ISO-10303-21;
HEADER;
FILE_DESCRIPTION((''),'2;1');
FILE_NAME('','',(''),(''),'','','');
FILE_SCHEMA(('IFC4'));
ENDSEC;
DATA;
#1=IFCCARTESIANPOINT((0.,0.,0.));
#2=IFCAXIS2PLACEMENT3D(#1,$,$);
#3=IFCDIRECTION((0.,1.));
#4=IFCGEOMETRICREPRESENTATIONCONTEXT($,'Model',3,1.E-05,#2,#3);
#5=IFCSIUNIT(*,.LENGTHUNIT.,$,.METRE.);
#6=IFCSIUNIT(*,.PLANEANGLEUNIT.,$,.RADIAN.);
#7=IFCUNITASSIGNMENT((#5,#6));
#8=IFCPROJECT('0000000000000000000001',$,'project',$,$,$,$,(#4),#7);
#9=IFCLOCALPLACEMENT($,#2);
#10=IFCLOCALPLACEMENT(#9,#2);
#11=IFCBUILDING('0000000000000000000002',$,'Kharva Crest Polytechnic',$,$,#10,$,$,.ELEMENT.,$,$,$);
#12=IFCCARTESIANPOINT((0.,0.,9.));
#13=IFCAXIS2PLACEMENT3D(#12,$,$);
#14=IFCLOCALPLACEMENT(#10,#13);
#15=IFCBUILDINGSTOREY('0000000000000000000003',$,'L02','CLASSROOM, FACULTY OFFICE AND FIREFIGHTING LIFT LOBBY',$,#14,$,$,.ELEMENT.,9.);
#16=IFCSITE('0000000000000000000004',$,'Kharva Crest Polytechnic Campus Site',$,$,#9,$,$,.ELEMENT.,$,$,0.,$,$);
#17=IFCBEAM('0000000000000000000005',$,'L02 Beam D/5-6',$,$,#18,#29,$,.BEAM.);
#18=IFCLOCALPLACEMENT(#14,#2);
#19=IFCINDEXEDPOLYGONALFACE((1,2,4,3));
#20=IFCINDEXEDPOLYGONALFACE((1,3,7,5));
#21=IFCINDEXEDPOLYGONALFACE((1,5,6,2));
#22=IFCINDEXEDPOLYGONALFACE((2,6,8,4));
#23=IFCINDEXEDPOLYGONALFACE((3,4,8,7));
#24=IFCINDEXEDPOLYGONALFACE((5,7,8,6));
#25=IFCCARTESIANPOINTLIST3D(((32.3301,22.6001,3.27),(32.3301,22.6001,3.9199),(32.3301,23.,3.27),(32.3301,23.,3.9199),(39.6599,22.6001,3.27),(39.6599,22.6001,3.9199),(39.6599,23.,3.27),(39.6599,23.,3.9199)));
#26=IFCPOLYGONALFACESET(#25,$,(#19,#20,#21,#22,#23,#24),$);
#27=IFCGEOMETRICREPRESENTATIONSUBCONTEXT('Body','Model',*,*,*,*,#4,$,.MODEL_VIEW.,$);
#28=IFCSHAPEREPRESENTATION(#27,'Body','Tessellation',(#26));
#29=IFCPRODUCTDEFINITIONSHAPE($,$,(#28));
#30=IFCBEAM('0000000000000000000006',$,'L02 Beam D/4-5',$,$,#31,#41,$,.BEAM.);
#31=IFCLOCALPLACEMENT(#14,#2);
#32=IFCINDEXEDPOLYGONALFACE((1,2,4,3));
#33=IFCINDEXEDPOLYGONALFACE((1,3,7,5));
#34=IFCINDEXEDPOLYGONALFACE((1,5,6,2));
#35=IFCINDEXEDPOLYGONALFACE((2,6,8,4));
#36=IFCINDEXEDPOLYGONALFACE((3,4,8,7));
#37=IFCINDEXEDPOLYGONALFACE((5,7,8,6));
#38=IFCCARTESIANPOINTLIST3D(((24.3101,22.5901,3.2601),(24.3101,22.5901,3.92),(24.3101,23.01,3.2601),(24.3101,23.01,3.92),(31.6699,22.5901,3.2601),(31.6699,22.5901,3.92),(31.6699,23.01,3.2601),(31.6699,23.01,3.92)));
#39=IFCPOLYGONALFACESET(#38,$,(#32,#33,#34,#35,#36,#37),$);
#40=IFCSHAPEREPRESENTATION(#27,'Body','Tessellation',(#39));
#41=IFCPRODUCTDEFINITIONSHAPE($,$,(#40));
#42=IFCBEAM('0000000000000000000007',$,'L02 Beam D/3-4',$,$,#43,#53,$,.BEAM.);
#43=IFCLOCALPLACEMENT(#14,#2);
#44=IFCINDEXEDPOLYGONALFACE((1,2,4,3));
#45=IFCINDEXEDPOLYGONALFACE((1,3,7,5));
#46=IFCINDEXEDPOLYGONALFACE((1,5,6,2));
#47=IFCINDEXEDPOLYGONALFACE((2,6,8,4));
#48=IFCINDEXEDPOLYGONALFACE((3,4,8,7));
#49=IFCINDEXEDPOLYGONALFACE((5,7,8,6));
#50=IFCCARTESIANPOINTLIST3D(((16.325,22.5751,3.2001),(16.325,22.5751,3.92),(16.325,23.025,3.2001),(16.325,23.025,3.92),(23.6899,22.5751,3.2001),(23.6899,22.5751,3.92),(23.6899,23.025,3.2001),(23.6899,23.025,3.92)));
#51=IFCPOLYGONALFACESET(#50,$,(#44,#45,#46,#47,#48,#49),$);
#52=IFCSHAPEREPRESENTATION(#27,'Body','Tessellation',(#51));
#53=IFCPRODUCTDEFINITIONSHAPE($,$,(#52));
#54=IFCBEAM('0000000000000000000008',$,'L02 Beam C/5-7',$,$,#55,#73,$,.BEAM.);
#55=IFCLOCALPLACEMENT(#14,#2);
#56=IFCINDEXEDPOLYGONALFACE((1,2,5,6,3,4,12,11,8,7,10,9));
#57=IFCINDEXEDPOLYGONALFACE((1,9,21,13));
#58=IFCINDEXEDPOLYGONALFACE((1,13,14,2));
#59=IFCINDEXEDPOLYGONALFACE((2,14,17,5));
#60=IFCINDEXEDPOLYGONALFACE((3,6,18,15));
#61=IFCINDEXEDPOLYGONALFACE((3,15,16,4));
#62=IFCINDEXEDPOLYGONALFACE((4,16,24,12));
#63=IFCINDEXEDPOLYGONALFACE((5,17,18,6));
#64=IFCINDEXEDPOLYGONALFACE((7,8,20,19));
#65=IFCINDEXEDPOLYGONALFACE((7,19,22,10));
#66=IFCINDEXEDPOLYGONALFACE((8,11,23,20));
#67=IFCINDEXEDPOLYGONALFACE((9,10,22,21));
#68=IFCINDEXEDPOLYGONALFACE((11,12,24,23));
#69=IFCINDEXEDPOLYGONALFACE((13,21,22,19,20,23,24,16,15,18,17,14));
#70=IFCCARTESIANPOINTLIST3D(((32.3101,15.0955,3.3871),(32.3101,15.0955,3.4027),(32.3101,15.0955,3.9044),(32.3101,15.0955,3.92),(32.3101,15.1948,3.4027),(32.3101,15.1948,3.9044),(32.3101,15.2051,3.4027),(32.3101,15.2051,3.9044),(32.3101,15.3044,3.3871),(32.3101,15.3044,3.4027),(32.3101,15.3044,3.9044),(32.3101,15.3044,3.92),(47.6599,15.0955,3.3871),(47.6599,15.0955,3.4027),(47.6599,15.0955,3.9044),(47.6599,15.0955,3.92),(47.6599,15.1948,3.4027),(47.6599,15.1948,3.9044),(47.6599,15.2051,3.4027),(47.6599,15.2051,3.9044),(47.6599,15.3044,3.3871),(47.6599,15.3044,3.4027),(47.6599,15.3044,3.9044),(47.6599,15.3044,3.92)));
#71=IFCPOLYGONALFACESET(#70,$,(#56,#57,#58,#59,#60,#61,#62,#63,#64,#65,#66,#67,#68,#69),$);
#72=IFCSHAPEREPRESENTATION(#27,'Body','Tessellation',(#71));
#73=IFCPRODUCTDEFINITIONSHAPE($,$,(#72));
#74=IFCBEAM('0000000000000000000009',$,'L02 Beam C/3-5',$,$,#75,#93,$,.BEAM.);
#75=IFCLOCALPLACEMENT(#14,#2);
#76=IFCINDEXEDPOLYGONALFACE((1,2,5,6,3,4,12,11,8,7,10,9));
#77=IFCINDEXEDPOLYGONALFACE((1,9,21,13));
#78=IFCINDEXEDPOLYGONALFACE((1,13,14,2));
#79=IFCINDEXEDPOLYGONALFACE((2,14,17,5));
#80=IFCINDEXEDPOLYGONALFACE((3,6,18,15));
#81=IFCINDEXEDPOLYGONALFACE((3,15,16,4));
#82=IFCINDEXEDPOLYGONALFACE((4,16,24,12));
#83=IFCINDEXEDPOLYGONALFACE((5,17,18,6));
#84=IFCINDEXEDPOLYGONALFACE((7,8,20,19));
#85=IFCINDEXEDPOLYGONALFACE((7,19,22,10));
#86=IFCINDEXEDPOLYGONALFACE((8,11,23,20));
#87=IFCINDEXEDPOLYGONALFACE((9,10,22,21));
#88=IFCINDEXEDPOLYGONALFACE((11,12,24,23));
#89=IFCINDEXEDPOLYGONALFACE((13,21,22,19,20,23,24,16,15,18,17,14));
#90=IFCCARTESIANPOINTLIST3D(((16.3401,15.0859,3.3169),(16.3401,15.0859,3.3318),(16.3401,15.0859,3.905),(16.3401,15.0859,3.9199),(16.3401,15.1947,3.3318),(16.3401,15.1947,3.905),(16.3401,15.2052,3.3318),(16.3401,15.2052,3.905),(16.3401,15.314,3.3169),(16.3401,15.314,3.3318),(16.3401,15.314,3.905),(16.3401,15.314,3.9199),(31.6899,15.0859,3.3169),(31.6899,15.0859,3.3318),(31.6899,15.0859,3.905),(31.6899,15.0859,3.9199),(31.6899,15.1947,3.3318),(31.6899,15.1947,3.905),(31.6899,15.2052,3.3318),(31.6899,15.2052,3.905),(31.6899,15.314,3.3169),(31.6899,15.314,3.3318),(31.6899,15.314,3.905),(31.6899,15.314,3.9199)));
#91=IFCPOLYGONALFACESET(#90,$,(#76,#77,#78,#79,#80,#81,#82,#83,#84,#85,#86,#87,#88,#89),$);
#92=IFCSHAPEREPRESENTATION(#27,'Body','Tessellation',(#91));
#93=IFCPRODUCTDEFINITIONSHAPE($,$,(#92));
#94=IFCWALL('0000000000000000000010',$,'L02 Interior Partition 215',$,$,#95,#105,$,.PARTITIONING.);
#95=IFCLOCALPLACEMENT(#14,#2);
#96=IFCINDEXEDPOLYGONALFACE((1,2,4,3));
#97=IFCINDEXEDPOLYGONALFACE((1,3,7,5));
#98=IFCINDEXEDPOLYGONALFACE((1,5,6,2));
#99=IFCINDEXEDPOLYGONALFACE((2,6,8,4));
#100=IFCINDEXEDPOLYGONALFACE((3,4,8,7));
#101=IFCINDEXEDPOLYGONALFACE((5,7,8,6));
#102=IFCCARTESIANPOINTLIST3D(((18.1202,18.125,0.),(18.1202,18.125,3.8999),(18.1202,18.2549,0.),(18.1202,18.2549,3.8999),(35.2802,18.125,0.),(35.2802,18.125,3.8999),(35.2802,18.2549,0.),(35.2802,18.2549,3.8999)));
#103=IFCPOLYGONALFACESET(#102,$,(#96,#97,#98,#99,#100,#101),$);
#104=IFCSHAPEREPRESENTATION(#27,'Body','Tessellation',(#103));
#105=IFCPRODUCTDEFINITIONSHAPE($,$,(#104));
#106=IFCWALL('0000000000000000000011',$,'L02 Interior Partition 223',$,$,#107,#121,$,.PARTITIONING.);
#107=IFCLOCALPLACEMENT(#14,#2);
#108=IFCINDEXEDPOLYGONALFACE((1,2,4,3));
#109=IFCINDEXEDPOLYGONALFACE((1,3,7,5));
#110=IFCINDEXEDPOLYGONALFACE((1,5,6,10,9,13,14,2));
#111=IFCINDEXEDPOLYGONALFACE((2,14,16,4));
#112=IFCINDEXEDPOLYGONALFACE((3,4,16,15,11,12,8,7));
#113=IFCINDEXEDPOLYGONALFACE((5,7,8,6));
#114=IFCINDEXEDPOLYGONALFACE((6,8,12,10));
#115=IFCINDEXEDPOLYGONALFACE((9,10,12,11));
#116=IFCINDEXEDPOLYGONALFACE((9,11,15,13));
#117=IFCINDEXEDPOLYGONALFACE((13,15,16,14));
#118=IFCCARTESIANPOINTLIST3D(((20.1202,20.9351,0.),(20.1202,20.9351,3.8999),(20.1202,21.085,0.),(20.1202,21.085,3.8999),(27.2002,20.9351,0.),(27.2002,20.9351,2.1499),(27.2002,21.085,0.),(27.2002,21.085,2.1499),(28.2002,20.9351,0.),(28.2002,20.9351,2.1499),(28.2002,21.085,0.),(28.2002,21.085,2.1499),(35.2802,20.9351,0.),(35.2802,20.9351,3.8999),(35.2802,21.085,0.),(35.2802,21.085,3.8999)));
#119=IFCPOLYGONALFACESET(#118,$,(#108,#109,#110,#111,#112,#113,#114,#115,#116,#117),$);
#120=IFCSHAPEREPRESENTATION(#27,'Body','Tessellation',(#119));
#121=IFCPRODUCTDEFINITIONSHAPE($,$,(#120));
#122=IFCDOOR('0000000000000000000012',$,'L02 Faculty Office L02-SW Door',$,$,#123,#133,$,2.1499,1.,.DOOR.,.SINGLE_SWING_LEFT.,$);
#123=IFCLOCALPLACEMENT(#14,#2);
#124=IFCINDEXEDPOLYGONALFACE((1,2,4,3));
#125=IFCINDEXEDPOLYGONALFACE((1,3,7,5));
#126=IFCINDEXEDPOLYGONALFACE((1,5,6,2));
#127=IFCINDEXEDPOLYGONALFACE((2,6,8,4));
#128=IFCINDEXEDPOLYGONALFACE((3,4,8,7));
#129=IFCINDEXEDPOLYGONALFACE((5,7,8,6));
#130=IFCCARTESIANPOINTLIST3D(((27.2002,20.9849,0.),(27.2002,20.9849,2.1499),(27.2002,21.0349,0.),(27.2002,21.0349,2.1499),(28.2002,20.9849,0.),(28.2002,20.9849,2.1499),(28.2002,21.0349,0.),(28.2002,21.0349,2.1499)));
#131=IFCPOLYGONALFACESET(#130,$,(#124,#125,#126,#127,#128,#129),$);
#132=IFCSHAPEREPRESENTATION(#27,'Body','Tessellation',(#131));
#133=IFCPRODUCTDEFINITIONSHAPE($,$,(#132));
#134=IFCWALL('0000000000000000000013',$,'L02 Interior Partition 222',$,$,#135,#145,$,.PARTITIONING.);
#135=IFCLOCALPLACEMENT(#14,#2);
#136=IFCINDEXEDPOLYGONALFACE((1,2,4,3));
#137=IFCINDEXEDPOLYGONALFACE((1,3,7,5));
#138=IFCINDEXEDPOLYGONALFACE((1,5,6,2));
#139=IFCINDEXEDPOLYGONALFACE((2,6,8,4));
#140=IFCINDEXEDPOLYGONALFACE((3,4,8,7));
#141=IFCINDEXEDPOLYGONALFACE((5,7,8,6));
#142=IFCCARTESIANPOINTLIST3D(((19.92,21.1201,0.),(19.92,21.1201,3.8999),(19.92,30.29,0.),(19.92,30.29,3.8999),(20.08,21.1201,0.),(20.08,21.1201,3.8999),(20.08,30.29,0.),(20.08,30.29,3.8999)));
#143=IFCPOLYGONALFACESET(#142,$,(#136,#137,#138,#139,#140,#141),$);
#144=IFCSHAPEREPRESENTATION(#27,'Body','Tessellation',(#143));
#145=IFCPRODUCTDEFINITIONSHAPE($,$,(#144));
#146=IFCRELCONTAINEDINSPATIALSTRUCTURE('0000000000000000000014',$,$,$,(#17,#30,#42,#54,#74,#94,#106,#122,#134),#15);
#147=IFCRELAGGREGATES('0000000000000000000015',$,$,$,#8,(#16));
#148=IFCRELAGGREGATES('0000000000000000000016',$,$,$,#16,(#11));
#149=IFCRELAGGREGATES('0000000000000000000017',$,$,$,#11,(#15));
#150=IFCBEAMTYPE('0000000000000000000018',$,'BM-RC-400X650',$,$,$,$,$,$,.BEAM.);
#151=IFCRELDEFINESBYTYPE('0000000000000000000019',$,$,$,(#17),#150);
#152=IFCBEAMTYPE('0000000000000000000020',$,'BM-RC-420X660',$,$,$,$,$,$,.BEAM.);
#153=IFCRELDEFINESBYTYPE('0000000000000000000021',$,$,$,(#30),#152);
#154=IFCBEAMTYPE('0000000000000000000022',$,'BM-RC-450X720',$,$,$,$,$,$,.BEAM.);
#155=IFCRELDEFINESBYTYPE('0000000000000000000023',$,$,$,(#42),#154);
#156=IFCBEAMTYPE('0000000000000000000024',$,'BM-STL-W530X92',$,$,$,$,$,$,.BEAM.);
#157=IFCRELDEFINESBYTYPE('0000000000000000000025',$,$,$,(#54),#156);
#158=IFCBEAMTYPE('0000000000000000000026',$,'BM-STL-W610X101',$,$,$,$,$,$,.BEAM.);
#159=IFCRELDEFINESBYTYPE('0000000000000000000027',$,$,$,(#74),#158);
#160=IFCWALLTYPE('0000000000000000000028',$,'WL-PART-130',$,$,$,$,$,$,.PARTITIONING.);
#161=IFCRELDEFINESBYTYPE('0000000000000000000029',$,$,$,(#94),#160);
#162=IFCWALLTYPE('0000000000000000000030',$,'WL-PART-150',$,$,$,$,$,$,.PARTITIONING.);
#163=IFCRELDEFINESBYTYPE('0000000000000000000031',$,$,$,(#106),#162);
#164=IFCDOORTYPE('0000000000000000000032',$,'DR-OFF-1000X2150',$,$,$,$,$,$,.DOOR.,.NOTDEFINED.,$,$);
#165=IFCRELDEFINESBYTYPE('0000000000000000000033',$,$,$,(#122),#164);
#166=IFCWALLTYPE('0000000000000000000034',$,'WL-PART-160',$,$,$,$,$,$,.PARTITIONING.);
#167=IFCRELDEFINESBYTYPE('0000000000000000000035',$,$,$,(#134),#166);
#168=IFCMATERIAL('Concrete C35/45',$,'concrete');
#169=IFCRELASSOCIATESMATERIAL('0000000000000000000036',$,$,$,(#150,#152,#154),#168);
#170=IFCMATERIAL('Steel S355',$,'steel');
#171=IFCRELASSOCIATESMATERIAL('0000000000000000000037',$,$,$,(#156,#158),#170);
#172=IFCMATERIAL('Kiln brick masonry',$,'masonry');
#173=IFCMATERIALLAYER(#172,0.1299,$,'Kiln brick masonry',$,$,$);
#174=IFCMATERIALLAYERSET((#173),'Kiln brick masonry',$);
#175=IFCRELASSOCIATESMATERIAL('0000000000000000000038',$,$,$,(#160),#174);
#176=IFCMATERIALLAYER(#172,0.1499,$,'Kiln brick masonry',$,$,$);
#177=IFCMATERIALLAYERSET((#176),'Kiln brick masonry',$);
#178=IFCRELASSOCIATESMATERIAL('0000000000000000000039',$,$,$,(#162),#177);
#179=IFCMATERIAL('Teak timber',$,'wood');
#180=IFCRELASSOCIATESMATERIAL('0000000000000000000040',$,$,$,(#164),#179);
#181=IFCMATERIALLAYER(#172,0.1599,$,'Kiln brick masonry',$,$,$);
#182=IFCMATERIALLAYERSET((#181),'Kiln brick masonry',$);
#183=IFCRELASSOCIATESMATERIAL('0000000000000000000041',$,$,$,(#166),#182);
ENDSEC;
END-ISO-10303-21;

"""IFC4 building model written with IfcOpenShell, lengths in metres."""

from ifc_helpers import new_model, si_unit, direction, frame, frame_2d, origin, origin_2d, place, context, subcontext, project, spatial, rectangle, i_section, extrude, material, layer, layer_set, material_profile, profile_set, type_object, element, fill, save


model = new_model("IFC4")

# Units and contexts
model_context = context("Model", 3, precision=1e-05, world=origin(), true_north=direction((0.0, 1.0)))
body_context = subcontext(model_context, "Body", "Model", "MODEL_VIEW")
ifc_project = project(units=[si_unit("LENGTHUNIT", "METRE"), si_unit("PLANEANGLEUNIT", "RADIAN")], contexts=[model_context])

# Site, building, storey
site_placement = place(None, origin())
site = spatial("IfcSite", under=ifc_project, at=site_placement, Name="Kharva Crest Polytechnic Campus Site", CompositionType="ELEMENT", RefElevation=0.0)
building_placement = place(site_placement, origin())
building = spatial("IfcBuilding", under=site, at=building_placement, Name="Kharva Crest Polytechnic", CompositionType="ELEMENT")
storey_placement = place(building_placement, frame((0.0, 0.0, 9.0)))
storey = spatial("IfcBuildingStorey", under=building, at=storey_placement, Name="L02", Description="CLASSROOM, FACULTY OFFICE AND FIREFIGHTING LIFT LOBBY", CompositionType="ELEMENT", Elevation=9.0)

# Beams
ifc_material_1 = material(Name="Concrete C35/45", Category="concrete")
ifc_material_profile_1 = material_profile(ifc_material_1, rectangle(XDim=0.3999, YDim=0.6499, at=origin_2d()), Name="RECT 400 X 650")
ifc_profile_set_1 = profile_set([ifc_material_profile_1], Name="Concrete C35/45")
beam_type_1 = type_object("IfcBeamType", Name="BM-RC-400X650", PredefinedType="BEAM", material=ifc_profile_set_1)
beam_1_placement = place(storey_placement, frame((32.3301, 22.8, 3.595), z_axis=(1.0, 0.0, 0.0), x_axis=(0.0, 1.0, 0.0)))
element("IfcBeam", 1, at=beam_1_placement, inside=storey, type_object=beam_type_1, Name="L02 Beam D/5-6", PredefinedType="BEAM", context=body_context, shape_type="SweptSolid", body=[
    extrude(rectangle(XDim=0.3999, YDim=0.6499, at=origin_2d()), origin(), (0.0, 0.0, 1.0), 7.3298),
])
ifc_material_profile_2 = material_profile(ifc_material_1, rectangle(XDim=0.4199, YDim=0.6599, at=origin_2d()), Name="RECT 420 X 660")
ifc_profile_set_2 = profile_set([ifc_material_profile_2], Name="Concrete C35/45")
beam_type_2 = type_object("IfcBeamType", Name="BM-RC-420X660", PredefinedType="BEAM", material=ifc_profile_set_2)
beam_2_placement = place(storey_placement, frame((24.3101, 22.8, 3.5901), z_axis=(1.0, 0.0, 0.0), x_axis=(0.0, 1.0, 0.0)))
element("IfcBeam", 2, at=beam_2_placement, inside=storey, type_object=beam_type_2, Name="L02 Beam D/4-5", PredefinedType="BEAM", context=body_context, shape_type="SweptSolid", body=[
    extrude(rectangle(XDim=0.4199, YDim=0.6599, at=origin_2d()), origin(), (0.0, 0.0, 1.0), 7.3599),
])
ifc_material_profile_3 = material_profile(ifc_material_1, rectangle(XDim=0.45, YDim=0.72, at=origin_2d()), Name="RECT 450 X 720")
ifc_profile_set_3 = profile_set([ifc_material_profile_3], Name="Concrete C35/45")
beam_type_3 = type_object("IfcBeamType", Name="BM-RC-450X720", PredefinedType="BEAM", material=ifc_profile_set_3)
beam_3_placement = place(storey_placement, frame((16.325, 22.8, 3.5601), z_axis=(1.0, 0.0, 0.0), x_axis=(0.0, 1.0, 0.0)))
element("IfcBeam", 3, at=beam_3_placement, inside=storey, type_object=beam_type_3, Name="L02 Beam D/3-4", PredefinedType="BEAM", context=body_context, shape_type="SweptSolid", body=[
    extrude(rectangle(XDim=0.45, YDim=0.72, at=origin_2d()), origin(), (0.0, 0.0, 1.0), 7.365),
])
ifc_material_2 = material(Name="Steel S355", Category="steel")
ifc_material_profile_4 = material_profile(ifc_material_2, i_section(OverallWidth=0.209, OverallDepth=0.533, WebThickness=0.0103, FlangeThickness=0.0156, at=origin_2d()), Name="W530X92")
ifc_profile_set_4 = profile_set([ifc_material_profile_4], Name="Steel S355")
beam_type_4 = type_object("IfcBeamType", Name="BM-STL-W530X92", PredefinedType="BEAM", material=ifc_profile_set_4)
beam_4_placement = place(storey_placement, frame((32.3101, 15.2, 3.6536), z_axis=(1.0, 0.0, 0.0), x_axis=(0.0, 1.0, 0.0)))
element("IfcBeam", 4, at=beam_4_placement, inside=storey, type_object=beam_type_4, Name="L02 Beam C/5-7", PredefinedType="BEAM", context=body_context, shape_type="SweptSolid", body=[
    extrude(i_section(OverallWidth=0.209, OverallDepth=0.533, WebThickness=0.0103, FlangeThickness=0.0156, at=origin_2d()), origin(), (0.0, 0.0, 1.0), 15.3499),
])
ifc_material_profile_5 = material_profile(ifc_material_2, i_section(OverallWidth=0.228, OverallDepth=0.603, WebThickness=0.0105, FlangeThickness=0.0149, at=origin_2d()), Name="W610X101")
ifc_profile_set_5 = profile_set([ifc_material_profile_5], Name="Steel S355")
beam_type_5 = type_object("IfcBeamType", Name="BM-STL-W610X101", PredefinedType="BEAM", material=ifc_profile_set_5)
beam_5_placement = place(storey_placement, frame((16.3401, 15.2, 3.6184), z_axis=(1.0, 0.0, 0.0), x_axis=(0.0, 1.0, 0.0)))
element("IfcBeam", 5, at=beam_5_placement, inside=storey, type_object=beam_type_5, Name="L02 Beam C/3-5", PredefinedType="BEAM", context=body_context, shape_type="SweptSolid", body=[
    extrude(i_section(OverallWidth=0.228, OverallDepth=0.603, WebThickness=0.0105, FlangeThickness=0.0149, at=origin_2d()), origin(), (0.0, 0.0, 1.0), 15.3499),
])

# Wall
ifc_material_3 = material(Name="Kiln brick masonry", Category="masonry")
ifc_layer_1 = layer(ifc_material_3, 0.1299, Name="Kiln brick masonry")
ifc_layer_set_1 = layer_set([ifc_layer_1], Name="Kiln brick masonry")
wall_type_1 = type_object("IfcWallType", Name="WL-PART-130", PredefinedType="PARTITIONING", material=ifc_layer_set_1)
wall_1_placement = place(storey_placement, frame((18.1201, 18.1899, 0.0), z_axis=(0.0, 0.0, 1.0), x_axis=(1.0, 0.0, 0.0)))
element("IfcWall", 6, at=wall_1_placement, inside=storey, type_object=wall_type_1, Name="L02 Interior Partition 215", PredefinedType="PARTITIONING", context=body_context, shape_type="SweptSolid", body=[
    extrude(rectangle(XDim=17.1599, YDim=0.1299, at=frame_2d((8.5801, 0.0))), origin(), (0.0, 0.0, 1.0), 3.8999),
])

# Wall, opening, door
ifc_layer_2 = layer(ifc_material_3, 0.1499, Name="Kiln brick masonry")
ifc_layer_set_2 = layer_set([ifc_layer_2], Name="Kiln brick masonry")
wall_type_2 = type_object("IfcWallType", Name="WL-PART-150", PredefinedType="PARTITIONING", material=ifc_layer_set_2)
wall_2_placement = place(storey_placement, frame((20.1201, 21.01, 0.0), z_axis=(0.0, 0.0, 1.0), x_axis=(1.0, 0.0, 0.0)))
wall_2 = element("IfcWall", 7, at=wall_2_placement, inside=storey, type_object=wall_type_2, Name="L02 Interior Partition 223", PredefinedType="PARTITIONING", context=body_context, shape_type="SweptSolid", body=[
    extrude(rectangle(XDim=15.1599, YDim=0.1499, at=frame_2d((7.5801, 0.0))), origin(), (0.0, 0.0, 1.0), 3.8999),
])
opening_placement = place(wall_2_placement, frame((7.0801, 0.0, 0.0)))
opening = element("IfcOpeningElement", 8, at=opening_placement, cuts=wall_2, PredefinedType="OPENING", context=body_context, shape_type="SweptSolid", body=[
    extrude(rectangle(XDim=1.0, YDim=2.1499, at=frame_2d((0.5, 1.075))), frame((0.0, 0.085, 0.0), z_axis=(0.0, -1.0, 0.0), x_axis=(1.0, 0.0, 0.0)), (0.0, 0.0, 1.0), 0.1699),
])
ifc_material_4 = material(Name="Teak timber", Category="wood")
door_type = type_object("IfcDoorType", Name="DR-OFF-1000X2150", OperationType="NOTDEFINED", PredefinedType="DOOR", material=ifc_material_4)
door_placement = place(opening_placement, origin())
door = element("IfcDoor", 9, at=door_placement, inside=storey, type_object=door_type, Name="L02 Faculty Office L02-SW Door", OperationType="SINGLE_SWING_LEFT", OverallHeight=2.1499, OverallWidth=1.0, PredefinedType="DOOR", context=body_context, shape_type="SweptSolid", body=[
    extrude(rectangle(XDim=1.0, YDim=2.1499, at=frame_2d((0.5, 1.075))), frame((0.0, 0.0249, 0.0), z_axis=(0.0, -1.0, 0.0), x_axis=(1.0, 0.0, 0.0)), (0.0, 0.0, 1.0), 0.05),
])
fill(opening, door)

# Wall
ifc_layer_3 = layer(ifc_material_3, 0.1599, Name="Kiln brick masonry")
ifc_layer_set_3 = layer_set([ifc_layer_3], Name="Kiln brick masonry")
wall_type_3 = type_object("IfcWallType", Name="WL-PART-160", PredefinedType="PARTITIONING", material=ifc_layer_set_3)
wall_3_placement = place(storey_placement, frame((20.0, 21.1201, 0.0), z_axis=(0.0, 0.0, 1.0), x_axis=(0.0, 1.0, 0.0)))
element("IfcWall", 10, at=wall_3_placement, inside=storey, type_object=wall_type_3, Name="L02 Interior Partition 222", PredefinedType="PARTITIONING", context=body_context, shape_type="SweptSolid", body=[
    extrude(rectangle(XDim=9.1699, YDim=0.1599, at=frame_2d((4.585, 0.0))), origin(), (0.0, 0.0, 1.0), 3.8999),
])

save(model, "model.ifc")
